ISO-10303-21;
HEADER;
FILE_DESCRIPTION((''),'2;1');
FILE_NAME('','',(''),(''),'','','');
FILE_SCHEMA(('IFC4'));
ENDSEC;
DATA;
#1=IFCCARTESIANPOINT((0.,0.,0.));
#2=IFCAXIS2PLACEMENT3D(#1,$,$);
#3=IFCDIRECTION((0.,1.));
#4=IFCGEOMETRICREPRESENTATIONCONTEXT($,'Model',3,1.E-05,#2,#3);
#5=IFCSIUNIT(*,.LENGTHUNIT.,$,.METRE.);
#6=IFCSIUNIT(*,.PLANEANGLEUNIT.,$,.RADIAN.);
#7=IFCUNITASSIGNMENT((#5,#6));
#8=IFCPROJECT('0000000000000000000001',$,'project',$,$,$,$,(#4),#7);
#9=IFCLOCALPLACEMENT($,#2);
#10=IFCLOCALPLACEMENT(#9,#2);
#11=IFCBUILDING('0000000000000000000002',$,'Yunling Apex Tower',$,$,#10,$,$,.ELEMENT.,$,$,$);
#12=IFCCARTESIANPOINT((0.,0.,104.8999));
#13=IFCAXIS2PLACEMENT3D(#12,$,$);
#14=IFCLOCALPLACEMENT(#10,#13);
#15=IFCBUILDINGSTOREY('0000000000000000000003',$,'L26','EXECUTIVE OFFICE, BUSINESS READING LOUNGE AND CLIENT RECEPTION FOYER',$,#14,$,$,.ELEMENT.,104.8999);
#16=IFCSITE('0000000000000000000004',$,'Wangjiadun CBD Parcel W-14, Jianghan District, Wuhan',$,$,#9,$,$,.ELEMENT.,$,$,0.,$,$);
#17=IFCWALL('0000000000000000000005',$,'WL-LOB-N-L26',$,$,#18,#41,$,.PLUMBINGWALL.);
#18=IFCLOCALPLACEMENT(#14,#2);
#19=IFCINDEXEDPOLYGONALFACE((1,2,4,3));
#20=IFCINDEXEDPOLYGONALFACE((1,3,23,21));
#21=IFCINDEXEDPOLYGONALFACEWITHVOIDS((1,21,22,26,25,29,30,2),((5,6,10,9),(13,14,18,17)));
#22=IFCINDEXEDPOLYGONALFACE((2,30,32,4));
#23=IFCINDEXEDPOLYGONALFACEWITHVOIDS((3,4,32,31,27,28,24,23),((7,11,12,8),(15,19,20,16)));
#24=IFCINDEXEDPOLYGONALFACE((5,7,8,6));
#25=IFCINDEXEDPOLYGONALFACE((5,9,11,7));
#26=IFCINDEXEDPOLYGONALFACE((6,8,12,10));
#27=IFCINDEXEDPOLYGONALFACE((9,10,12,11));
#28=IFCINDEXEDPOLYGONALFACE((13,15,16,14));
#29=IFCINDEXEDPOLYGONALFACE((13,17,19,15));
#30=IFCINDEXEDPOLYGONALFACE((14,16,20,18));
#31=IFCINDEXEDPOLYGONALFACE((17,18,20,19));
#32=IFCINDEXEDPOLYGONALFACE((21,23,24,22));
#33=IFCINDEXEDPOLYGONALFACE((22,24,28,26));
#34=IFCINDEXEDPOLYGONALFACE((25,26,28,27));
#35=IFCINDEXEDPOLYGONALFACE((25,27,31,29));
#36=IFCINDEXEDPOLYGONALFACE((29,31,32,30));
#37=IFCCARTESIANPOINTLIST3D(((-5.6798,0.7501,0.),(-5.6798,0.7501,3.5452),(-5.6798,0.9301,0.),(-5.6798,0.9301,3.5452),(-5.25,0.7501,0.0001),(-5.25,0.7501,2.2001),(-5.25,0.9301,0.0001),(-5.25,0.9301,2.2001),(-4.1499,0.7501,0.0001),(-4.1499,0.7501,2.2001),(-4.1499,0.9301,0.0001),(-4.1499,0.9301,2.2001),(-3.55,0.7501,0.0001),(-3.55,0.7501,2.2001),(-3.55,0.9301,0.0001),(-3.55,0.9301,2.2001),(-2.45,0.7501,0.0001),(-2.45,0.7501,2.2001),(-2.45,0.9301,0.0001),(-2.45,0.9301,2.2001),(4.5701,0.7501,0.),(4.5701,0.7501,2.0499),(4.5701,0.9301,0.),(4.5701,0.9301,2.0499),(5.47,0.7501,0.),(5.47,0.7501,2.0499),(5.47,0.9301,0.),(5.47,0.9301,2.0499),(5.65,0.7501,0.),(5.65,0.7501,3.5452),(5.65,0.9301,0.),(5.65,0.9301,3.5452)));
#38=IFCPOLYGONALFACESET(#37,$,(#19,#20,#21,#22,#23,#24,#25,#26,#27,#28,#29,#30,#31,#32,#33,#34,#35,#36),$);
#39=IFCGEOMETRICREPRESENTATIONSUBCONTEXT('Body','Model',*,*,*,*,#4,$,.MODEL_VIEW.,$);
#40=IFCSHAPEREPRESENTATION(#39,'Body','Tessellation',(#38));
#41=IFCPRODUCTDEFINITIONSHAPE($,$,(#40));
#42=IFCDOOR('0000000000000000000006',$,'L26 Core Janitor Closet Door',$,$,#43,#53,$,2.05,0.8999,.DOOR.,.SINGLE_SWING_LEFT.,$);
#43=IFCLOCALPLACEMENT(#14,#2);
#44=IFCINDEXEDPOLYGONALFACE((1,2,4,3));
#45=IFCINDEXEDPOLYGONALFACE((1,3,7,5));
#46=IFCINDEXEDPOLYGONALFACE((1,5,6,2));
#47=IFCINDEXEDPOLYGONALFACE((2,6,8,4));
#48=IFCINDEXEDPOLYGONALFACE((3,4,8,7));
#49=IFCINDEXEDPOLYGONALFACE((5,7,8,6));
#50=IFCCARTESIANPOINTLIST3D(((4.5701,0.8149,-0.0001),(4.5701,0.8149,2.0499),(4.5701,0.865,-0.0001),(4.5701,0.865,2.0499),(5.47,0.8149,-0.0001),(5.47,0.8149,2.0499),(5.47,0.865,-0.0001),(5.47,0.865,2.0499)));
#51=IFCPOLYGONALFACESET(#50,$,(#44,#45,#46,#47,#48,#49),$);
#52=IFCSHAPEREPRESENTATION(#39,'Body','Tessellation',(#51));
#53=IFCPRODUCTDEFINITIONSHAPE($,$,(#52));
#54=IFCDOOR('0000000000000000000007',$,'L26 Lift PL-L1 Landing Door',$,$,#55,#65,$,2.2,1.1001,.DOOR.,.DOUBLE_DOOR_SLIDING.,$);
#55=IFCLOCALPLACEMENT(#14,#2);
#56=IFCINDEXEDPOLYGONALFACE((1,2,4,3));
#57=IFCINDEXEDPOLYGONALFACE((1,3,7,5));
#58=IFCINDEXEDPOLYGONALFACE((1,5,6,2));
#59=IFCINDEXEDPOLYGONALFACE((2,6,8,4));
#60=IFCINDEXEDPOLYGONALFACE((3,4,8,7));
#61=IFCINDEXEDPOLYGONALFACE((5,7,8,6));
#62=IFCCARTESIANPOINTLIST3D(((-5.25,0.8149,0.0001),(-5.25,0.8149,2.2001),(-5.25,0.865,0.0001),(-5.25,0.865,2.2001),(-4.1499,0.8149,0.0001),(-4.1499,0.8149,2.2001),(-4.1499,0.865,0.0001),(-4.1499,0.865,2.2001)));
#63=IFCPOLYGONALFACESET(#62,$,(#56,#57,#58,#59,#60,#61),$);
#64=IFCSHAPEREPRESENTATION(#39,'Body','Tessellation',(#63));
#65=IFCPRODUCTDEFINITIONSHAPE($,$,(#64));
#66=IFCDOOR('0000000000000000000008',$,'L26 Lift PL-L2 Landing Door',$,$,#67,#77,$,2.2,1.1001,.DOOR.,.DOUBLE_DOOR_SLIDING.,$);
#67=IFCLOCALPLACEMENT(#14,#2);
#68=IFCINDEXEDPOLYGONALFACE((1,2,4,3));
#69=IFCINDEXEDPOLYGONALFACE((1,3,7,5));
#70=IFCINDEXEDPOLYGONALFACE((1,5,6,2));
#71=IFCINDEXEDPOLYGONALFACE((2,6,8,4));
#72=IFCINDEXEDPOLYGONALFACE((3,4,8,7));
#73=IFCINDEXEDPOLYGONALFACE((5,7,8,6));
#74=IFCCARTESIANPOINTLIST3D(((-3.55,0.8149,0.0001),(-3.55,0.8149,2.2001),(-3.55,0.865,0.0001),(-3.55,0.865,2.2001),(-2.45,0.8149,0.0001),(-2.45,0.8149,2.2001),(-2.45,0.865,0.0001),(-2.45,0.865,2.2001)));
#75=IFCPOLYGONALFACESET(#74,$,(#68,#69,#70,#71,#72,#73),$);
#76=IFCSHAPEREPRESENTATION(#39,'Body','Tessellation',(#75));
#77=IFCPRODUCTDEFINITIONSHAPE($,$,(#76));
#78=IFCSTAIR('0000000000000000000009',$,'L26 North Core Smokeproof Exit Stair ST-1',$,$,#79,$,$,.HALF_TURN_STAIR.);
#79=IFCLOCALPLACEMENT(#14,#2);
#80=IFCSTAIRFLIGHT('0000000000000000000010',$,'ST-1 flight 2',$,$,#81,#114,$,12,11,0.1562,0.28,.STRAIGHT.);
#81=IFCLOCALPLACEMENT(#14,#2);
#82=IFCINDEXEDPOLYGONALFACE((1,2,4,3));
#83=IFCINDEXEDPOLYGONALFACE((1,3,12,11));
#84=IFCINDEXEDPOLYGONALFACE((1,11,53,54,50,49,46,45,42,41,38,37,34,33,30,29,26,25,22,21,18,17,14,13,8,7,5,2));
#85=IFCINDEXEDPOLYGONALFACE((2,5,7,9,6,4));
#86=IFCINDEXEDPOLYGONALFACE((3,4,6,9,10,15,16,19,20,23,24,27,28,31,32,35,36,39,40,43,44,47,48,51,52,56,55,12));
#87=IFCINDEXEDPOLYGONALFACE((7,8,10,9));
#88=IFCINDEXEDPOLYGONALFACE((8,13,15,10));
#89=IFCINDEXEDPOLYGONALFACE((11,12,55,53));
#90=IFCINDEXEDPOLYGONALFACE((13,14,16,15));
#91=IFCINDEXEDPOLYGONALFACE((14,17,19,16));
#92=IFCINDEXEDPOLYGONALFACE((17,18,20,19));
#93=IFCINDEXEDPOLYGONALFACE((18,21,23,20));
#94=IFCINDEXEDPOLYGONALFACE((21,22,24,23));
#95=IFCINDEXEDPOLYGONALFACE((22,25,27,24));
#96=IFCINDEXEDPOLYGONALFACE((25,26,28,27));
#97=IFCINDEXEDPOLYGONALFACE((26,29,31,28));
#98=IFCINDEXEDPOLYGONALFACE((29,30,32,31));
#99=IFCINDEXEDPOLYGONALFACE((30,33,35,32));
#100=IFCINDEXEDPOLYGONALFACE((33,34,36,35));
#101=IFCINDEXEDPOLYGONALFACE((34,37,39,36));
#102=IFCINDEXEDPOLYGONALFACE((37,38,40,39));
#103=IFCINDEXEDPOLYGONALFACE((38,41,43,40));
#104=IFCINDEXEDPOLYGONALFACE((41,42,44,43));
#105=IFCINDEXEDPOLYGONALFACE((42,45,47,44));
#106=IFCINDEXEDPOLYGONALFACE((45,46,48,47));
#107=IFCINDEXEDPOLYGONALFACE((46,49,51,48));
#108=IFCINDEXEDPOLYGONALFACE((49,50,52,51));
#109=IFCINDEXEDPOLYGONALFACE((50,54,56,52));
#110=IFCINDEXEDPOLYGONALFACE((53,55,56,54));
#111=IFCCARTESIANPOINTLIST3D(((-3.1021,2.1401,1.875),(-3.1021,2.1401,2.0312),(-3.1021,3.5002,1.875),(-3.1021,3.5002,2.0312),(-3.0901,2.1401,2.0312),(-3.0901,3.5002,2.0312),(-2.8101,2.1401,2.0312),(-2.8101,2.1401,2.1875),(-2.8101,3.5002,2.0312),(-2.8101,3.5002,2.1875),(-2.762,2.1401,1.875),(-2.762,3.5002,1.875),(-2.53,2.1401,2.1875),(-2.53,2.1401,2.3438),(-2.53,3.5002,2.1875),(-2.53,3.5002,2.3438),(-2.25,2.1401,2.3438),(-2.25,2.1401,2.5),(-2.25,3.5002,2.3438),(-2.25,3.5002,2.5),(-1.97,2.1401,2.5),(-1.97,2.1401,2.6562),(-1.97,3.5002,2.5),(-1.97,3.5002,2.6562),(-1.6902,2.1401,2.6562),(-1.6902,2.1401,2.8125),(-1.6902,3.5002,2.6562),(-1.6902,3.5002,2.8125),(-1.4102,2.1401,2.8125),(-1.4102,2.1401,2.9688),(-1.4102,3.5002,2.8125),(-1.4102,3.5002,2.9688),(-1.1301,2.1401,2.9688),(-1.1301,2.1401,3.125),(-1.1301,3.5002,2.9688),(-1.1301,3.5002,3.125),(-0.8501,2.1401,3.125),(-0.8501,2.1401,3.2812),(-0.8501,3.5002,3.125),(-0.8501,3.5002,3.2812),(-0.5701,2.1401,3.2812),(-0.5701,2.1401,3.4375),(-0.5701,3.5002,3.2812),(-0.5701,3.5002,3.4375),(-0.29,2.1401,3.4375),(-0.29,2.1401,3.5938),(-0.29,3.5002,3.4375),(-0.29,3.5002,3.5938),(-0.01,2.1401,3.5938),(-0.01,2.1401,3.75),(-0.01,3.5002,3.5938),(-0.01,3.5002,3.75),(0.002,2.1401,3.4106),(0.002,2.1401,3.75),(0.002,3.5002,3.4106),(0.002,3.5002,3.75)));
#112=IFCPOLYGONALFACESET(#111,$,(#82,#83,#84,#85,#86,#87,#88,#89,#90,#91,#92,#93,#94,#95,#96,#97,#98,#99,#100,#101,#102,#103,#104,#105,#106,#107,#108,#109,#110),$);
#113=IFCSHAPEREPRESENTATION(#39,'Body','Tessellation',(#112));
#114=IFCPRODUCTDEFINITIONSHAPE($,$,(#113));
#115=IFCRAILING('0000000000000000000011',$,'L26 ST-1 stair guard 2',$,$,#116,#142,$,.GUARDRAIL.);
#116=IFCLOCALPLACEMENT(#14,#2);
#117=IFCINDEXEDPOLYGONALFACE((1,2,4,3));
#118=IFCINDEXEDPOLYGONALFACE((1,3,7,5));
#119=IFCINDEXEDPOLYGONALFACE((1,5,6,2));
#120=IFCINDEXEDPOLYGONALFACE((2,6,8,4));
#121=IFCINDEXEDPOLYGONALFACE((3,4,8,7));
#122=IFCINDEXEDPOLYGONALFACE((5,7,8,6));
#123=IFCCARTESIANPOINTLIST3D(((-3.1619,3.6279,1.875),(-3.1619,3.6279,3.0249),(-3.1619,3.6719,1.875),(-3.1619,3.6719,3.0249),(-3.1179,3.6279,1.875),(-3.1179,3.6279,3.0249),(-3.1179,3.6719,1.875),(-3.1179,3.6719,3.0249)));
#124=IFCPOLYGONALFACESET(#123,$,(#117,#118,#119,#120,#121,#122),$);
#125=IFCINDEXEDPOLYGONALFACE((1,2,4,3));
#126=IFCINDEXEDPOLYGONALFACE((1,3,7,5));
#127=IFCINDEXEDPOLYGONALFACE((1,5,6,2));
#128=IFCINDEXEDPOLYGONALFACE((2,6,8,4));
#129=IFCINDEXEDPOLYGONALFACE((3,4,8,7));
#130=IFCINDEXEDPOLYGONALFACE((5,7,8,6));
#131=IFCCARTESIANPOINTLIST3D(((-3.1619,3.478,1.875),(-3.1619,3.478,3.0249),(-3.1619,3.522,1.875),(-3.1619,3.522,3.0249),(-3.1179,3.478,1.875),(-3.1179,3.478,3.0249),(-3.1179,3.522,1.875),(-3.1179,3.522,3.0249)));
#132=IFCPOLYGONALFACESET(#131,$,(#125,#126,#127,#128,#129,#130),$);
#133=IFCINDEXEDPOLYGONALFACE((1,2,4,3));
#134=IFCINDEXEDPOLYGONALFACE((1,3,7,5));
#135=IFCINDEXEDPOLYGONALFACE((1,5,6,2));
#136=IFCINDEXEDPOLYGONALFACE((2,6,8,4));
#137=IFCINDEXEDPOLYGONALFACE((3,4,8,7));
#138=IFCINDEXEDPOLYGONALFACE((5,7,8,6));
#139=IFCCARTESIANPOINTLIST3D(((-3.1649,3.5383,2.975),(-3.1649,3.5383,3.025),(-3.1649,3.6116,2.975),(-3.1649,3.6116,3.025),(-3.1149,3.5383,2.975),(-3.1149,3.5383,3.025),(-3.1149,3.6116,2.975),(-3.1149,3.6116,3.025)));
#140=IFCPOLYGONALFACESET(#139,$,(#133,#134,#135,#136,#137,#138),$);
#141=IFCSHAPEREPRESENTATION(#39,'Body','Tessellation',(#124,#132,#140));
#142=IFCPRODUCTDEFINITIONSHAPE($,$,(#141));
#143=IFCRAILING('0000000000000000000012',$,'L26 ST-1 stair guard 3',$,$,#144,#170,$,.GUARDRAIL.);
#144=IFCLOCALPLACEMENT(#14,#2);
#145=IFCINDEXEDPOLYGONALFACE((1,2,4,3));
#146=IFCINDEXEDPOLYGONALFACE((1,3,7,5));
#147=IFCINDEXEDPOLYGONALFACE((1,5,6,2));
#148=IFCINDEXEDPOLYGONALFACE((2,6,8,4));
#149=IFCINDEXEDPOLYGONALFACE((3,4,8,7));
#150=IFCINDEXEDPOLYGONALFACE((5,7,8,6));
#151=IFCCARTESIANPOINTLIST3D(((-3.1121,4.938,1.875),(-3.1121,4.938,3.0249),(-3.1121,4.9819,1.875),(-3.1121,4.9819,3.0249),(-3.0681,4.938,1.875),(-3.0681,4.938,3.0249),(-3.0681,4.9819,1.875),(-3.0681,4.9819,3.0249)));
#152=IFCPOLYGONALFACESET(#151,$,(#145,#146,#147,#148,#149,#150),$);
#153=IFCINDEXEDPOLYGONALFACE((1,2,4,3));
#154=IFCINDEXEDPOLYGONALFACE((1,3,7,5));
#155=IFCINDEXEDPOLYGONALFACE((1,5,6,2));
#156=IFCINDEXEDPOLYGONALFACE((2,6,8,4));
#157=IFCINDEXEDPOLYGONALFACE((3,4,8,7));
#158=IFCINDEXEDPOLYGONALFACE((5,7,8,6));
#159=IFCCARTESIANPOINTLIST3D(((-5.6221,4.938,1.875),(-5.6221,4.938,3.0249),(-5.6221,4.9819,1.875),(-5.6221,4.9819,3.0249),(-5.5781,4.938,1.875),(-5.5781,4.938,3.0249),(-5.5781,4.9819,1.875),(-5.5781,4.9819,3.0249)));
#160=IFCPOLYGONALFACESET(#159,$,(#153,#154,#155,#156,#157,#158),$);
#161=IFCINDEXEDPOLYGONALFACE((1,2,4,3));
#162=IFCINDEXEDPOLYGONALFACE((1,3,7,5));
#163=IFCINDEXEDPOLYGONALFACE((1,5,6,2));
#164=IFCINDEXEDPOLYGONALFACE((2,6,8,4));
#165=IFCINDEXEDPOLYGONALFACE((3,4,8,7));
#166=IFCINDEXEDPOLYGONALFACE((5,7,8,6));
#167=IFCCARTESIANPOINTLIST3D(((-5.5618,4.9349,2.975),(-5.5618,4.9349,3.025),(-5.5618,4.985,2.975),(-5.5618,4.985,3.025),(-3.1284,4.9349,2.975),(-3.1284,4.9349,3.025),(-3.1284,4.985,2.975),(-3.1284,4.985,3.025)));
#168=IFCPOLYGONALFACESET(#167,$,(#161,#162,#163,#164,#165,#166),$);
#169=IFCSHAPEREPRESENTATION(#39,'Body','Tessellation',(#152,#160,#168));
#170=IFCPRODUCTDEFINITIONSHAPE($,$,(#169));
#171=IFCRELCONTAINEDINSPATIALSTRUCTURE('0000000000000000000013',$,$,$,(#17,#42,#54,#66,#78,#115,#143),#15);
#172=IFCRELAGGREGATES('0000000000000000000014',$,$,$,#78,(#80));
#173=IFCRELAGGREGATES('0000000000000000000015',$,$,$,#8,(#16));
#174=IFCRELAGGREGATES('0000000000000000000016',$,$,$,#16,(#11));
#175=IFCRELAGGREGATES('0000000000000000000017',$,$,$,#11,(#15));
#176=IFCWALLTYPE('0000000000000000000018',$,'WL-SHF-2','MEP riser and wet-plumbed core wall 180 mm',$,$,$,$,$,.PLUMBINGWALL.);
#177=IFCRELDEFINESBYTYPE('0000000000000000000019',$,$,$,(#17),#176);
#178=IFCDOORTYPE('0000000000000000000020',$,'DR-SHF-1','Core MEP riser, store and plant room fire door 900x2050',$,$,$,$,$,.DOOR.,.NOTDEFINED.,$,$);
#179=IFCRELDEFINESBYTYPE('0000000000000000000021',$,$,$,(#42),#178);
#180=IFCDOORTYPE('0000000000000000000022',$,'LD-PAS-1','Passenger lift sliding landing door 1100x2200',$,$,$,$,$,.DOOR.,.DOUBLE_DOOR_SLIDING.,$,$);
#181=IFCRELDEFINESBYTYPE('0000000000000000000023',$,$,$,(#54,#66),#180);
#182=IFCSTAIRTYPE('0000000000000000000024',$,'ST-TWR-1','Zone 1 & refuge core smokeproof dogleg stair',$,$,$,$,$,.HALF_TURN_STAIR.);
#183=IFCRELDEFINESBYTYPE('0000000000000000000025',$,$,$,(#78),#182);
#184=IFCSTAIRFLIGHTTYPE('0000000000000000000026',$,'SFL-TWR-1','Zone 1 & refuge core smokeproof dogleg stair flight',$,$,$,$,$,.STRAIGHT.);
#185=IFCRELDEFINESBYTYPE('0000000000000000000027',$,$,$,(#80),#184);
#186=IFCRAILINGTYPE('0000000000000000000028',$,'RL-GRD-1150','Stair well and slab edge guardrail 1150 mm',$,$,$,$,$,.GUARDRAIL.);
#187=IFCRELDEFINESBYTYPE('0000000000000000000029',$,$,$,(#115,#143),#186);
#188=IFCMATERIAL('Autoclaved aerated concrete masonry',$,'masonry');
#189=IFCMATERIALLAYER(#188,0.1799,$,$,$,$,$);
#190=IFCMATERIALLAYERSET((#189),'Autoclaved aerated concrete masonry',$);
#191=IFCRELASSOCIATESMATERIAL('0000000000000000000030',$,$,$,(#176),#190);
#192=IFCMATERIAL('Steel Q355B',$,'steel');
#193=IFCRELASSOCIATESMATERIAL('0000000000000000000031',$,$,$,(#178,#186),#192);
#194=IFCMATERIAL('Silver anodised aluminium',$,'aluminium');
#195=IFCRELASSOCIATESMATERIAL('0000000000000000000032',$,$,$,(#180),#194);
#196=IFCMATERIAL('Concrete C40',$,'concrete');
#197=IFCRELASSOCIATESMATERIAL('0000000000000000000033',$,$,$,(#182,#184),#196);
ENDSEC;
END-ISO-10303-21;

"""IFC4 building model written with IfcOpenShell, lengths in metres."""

from ifc_helpers import new_model, si_unit, direction, frame, frame_2d, origin, origin_2d, place, context, subcontext, project, spatial, polyline, rectangle, outline, extrude, material, layer, layer_set, type_object, element, fill, aggregate, save


model = new_model("IFC4")

# Units and contexts
model_context = context("Model", 3, precision=1e-05, world=origin(), true_north=direction((0.0, 1.0)))
body_context = subcontext(model_context, "Body", "Model", "MODEL_VIEW")
ifc_project = project(units=[si_unit("LENGTHUNIT", "METRE"), si_unit("PLANEANGLEUNIT", "RADIAN")], contexts=[model_context])

# Site, building, storey
site_placement = place(None, origin())
site = spatial("IfcSite", under=ifc_project, at=site_placement, Name="Wangjiadun CBD Parcel W-14, Jianghan District, Wuhan", CompositionType="ELEMENT", RefElevation=0.0)
building_placement = place(site_placement, origin())
building = spatial("IfcBuilding", under=site, at=building_placement, Name="Yunling Apex Tower", CompositionType="ELEMENT")
storey_placement = place(building_placement, frame((0.0, 0.0, 104.8999)))
storey = spatial("IfcBuildingStorey", under=building, at=storey_placement, Name="L26", Description="EXECUTIVE OFFICE, BUSINESS READING LOUNGE AND CLIENT RECEPTION FOYER", CompositionType="ELEMENT", Elevation=104.8999)

# Shared definitions
ifc_material_1 = material(Name="Steel Q355B", Category="steel")

# Shared definitions
ifc_material_2 = material(Name="Concrete C40", Category="concrete")
ifc_material_3 = material(Name="Autoclaved aerated concrete masonry", Category="masonry")
ifc_layer_1 = layer(ifc_material_3, 0.1799)
ifc_layer_set_1 = layer_set([ifc_layer_1], Name="Autoclaved aerated concrete masonry")
wall_type_1 = type_object("IfcWallType", Name="WL-SHF-2", Description="MEP riser and wet-plumbed core wall 180 mm", PredefinedType="PLUMBINGWALL", material=ifc_layer_set_1)

# Wall, openings, doors
wall_1_placement = place(storey_placement, frame((-5.6799, 0.8401, 0.0), z_axis=(0.0, 0.0, 1.0), x_axis=(1.0, 0.0, 0.0)))
wall_1 = element("IfcWall", 1, at=wall_1_placement, inside=storey, type_object=wall_type_1, Name="WL-LOB-N-L26", PredefinedType="PLUMBINGWALL", context=body_context, shape_type="SweptSolid", body=[
    extrude(rectangle(XDim=11.3298, YDim=0.1799, at=frame_2d((5.665, 0.0))), origin(), (0.0, 0.0, 1.0), 3.5452),
])
opening_1_placement = place(wall_1_placement, frame((0.4299, 0.0, 0.0)))
opening_1 = element("IfcOpeningElement", 2, at=opening_1_placement, cuts=wall_1, PredefinedType="OPENING", context=body_context, shape_type="SweptSolid", body=[
    extrude(rectangle(XDim=1.1001, YDim=2.2, at=frame_2d((0.55, 1.1001))), frame((0.0, 0.1001, 0.0), z_axis=(0.0, -1.0, 0.0), x_axis=(1.0, 0.0, 0.0)), (0.0, 0.0, 1.0), 0.2),
])
opening_2_placement = place(wall_1_placement, frame((2.1299, 0.0, 0.0)))
opening_2 = element("IfcOpeningElement", 3, at=opening_2_placement, cuts=wall_1, PredefinedType="OPENING", context=body_context, shape_type="SweptSolid", body=[
    extrude(rectangle(XDim=1.1001, YDim=2.2, at=frame_2d((0.55, 1.1001))), frame((0.0, 0.1001, 0.0), z_axis=(0.0, -1.0, 0.0), x_axis=(1.0, 0.0, 0.0)), (0.0, 0.0, 1.0), 0.2),
])
opening_3_placement = place(wall_1_placement, frame((10.25, 0.0, 0.0)))
opening_3 = element("IfcOpeningElement", 4, at=opening_3_placement, cuts=wall_1, PredefinedType="OPENING", context=body_context, shape_type="SweptSolid", body=[
    extrude(rectangle(XDim=0.8999, YDim=2.05, at=frame_2d((0.45, 1.0249))), frame((0.0, 0.1001, 0.0), z_axis=(0.0, -1.0, 0.0), x_axis=(1.0, 0.0, 0.0)), (0.0, 0.0, 1.0), 0.2),
])
door_type_1 = type_object("IfcDoorType", Name="DR-SHF-1", Description="Core MEP riser, store and plant room fire door 900x2050", OperationType="NOTDEFINED", PredefinedType="DOOR", material=ifc_material_1)
door_1_placement = place(opening_3_placement, origin())
door_1 = element("IfcDoor", 5, at=door_1_placement, inside=storey, type_object=door_type_1, Name="L26 Core Janitor Closet Door", OperationType="SINGLE_SWING_LEFT", OverallHeight=2.05, OverallWidth=0.8999, PredefinedType="DOOR", context=body_context, shape_type="SweptSolid", body=[
    extrude(rectangle(XDim=0.8999, YDim=2.05, at=frame_2d((0.45, 1.0249))), frame((0.0, 0.0249, 0.0), z_axis=(0.0, -1.0, 0.0), x_axis=(1.0, 0.0, 0.0)), (0.0, 0.0, 1.0), 0.05),
])
fill(opening_3, door_1)
ifc_material_4 = material(Name="Silver anodised aluminium", Category="aluminium")
door_type_2 = type_object("IfcDoorType", Name="LD-PAS-1", Description="Passenger lift sliding landing door 1100x2200", OperationType="DOUBLE_DOOR_SLIDING", PredefinedType="DOOR", material=ifc_material_4)
door_2_placement = place(opening_1_placement, origin())
door_2 = element("IfcDoor", 6, at=door_2_placement, inside=storey, type_object=door_type_2, Name="L26 Lift PL-L1 Landing Door", OperationType="DOUBLE_DOOR_SLIDING", OverallHeight=2.2, OverallWidth=1.1001, PredefinedType="DOOR", context=body_context, shape_type="SweptSolid", body=[
    extrude(rectangle(XDim=1.1001, YDim=2.2, at=frame_2d((0.55, 1.1001))), frame((0.0, 0.0249, 0.0), z_axis=(0.0, -1.0, 0.0), x_axis=(1.0, 0.0, 0.0)), (0.0, 0.0, 1.0), 0.05),
])
fill(opening_1, door_2)
door_3_placement = place(opening_2_placement, origin())
door_3 = element("IfcDoor", 7, at=door_3_placement, inside=storey, type_object=door_type_2, Name="L26 Lift PL-L2 Landing Door", OperationType="DOUBLE_DOOR_SLIDING", OverallHeight=2.2, OverallWidth=1.1001, PredefinedType="DOOR", context=body_context, shape_type="SweptSolid", body=[
    extrude(rectangle(XDim=1.1001, YDim=2.2, at=frame_2d((0.55, 1.1001))), frame((0.0, 0.0249, 0.0), z_axis=(0.0, -1.0, 0.0), x_axis=(1.0, 0.0, 0.0)), (0.0, 0.0, 1.0), 0.05),
])
fill(opening_2, door_3)

# Stair, stair flight
stair_type = type_object("IfcStairType", Name="ST-TWR-1", Description="Zone 1 & refuge core smokeproof dogleg stair", PredefinedType="HALF_TURN_STAIR", material=ifc_material_2)
stair_placement = place(storey_placement, origin())
stair = element("IfcStair", 8, at=stair_placement, inside=storey, type_object=stair_type, Name="L26 North Core Smokeproof Exit Stair ST-1", PredefinedType="HALF_TURN_STAIR")
stair_flight_type = type_object("IfcStairFlightType", Name="SFL-TWR-1", Description="Zone 1 & refuge core smokeproof dogleg stair flight", PredefinedType="STRAIGHT", material=ifc_material_2)
stair_flight_placement = place(storey_placement, frame((-3.0901, 2.8201, 1.875), z_axis=(0.0, 0.0, 1.0), x_axis=(1.0, 0.0, 0.0)))
stair_flight = element("IfcStairFlight", 9, at=stair_flight_placement, type_object=stair_flight_type, Name="ST-1 flight 2", NumberOfRisers=12, NumberOfTreads=11, PredefinedType="STRAIGHT", RiserHeight=0.1562, TreadLength=0.28, context=body_context, shape_type="SweptSolid", body=[
    extrude(outline(polyline([(-0.012, 0.0), (-0.012, 0.1562), (0.0, 0.1562), (0.28, 0.1562), (0.28, 0.3125), (0.5601, 0.3125), (0.5601, 0.4688), (0.8401, 0.4688), (0.8401, 0.625), (1.1201, 0.625), (1.1201, 0.7812), (1.3999, 0.7812), (1.3999, 0.9375), (1.6799, 0.9375), (1.6799, 1.0938), (1.96, 1.0938), (1.96, 1.25), (2.24, 1.25), (2.24, 1.4062), (2.52, 1.4062), (2.52, 1.5625), (2.8, 1.5625), (2.8, 1.7188), (3.0801, 1.7188), (3.0801, 1.875), (3.092, 1.875), (3.092, 1.5356), (0.3281, 0.0), (-0.012, 0.0)])), frame((0.0, 0.6802, 0.0), z_axis=(0.0, -1.0, 0.0), x_axis=(1.0, 0.0, 0.0)), (0.0, 0.0, 1.0), 1.3601),
])
aggregate(stair, [stair_flight])

# Railings
railing_type_1 = type_object("IfcRailingType", Name="RL-GRD-1150", Description="Stair well and slab edge guardrail 1150 mm", PredefinedType="GUARDRAIL", material=ifc_material_1)
railing_1_placement = place(storey_placement, frame((-3.1399, 3.6499, 1.875)))
element("IfcRailing", 10, at=railing_1_placement, inside=storey, type_object=railing_type_1, Name="L26 ST-1 stair guard 2", PredefinedType="GUARDRAIL", context=body_context, shape_type="SweptSolid", body=[
    extrude(rectangle(XDim=0.0439, YDim=0.0439, at=origin_2d()), origin(), (0.0, 0.0, 1.0), 1.1499),
    extrude(rectangle(XDim=0.0439, YDim=0.0439, at=origin_2d()), frame((0.0, -0.1499, 0.0)), (0.0, 0.0, 1.0), 1.1499),
    extrude(rectangle(XDim=0.05, YDim=0.05, at=origin_2d()), frame((0.0, -0.0383, 1.125), z_axis=(0.0, -1.0, 0.0), x_axis=(1.0, 0.0, 0.0)), (0.0, 0.0, 1.0), 0.0732),
])
railing_2_placement = place(storey_placement, frame((-3.0901, 4.96, 1.875)))
element("IfcRailing", 11, at=railing_2_placement, inside=storey, type_object=railing_type_1, Name="L26 ST-1 stair guard 3", PredefinedType="GUARDRAIL", context=body_context, shape_type="SweptSolid", body=[
    extrude(rectangle(XDim=0.0439, YDim=0.0439, at=origin_2d()), origin(), (0.0, 0.0, 1.0), 1.1499),
    extrude(rectangle(XDim=0.0439, YDim=0.0439, at=origin_2d()), frame((-2.51, 0.0, 0.0)), (0.0, 0.0, 1.0), 1.1499),
    extrude(rectangle(XDim=0.05, YDim=0.05, at=origin_2d()), frame((-0.0383, 0.0, 1.125), z_axis=(-1.0, 0.0, 0.0), x_axis=(0.0, -1.0, 0.0)), (0.0, 0.0, 1.0), 2.4333),
])

save(model, "model.ifc")
